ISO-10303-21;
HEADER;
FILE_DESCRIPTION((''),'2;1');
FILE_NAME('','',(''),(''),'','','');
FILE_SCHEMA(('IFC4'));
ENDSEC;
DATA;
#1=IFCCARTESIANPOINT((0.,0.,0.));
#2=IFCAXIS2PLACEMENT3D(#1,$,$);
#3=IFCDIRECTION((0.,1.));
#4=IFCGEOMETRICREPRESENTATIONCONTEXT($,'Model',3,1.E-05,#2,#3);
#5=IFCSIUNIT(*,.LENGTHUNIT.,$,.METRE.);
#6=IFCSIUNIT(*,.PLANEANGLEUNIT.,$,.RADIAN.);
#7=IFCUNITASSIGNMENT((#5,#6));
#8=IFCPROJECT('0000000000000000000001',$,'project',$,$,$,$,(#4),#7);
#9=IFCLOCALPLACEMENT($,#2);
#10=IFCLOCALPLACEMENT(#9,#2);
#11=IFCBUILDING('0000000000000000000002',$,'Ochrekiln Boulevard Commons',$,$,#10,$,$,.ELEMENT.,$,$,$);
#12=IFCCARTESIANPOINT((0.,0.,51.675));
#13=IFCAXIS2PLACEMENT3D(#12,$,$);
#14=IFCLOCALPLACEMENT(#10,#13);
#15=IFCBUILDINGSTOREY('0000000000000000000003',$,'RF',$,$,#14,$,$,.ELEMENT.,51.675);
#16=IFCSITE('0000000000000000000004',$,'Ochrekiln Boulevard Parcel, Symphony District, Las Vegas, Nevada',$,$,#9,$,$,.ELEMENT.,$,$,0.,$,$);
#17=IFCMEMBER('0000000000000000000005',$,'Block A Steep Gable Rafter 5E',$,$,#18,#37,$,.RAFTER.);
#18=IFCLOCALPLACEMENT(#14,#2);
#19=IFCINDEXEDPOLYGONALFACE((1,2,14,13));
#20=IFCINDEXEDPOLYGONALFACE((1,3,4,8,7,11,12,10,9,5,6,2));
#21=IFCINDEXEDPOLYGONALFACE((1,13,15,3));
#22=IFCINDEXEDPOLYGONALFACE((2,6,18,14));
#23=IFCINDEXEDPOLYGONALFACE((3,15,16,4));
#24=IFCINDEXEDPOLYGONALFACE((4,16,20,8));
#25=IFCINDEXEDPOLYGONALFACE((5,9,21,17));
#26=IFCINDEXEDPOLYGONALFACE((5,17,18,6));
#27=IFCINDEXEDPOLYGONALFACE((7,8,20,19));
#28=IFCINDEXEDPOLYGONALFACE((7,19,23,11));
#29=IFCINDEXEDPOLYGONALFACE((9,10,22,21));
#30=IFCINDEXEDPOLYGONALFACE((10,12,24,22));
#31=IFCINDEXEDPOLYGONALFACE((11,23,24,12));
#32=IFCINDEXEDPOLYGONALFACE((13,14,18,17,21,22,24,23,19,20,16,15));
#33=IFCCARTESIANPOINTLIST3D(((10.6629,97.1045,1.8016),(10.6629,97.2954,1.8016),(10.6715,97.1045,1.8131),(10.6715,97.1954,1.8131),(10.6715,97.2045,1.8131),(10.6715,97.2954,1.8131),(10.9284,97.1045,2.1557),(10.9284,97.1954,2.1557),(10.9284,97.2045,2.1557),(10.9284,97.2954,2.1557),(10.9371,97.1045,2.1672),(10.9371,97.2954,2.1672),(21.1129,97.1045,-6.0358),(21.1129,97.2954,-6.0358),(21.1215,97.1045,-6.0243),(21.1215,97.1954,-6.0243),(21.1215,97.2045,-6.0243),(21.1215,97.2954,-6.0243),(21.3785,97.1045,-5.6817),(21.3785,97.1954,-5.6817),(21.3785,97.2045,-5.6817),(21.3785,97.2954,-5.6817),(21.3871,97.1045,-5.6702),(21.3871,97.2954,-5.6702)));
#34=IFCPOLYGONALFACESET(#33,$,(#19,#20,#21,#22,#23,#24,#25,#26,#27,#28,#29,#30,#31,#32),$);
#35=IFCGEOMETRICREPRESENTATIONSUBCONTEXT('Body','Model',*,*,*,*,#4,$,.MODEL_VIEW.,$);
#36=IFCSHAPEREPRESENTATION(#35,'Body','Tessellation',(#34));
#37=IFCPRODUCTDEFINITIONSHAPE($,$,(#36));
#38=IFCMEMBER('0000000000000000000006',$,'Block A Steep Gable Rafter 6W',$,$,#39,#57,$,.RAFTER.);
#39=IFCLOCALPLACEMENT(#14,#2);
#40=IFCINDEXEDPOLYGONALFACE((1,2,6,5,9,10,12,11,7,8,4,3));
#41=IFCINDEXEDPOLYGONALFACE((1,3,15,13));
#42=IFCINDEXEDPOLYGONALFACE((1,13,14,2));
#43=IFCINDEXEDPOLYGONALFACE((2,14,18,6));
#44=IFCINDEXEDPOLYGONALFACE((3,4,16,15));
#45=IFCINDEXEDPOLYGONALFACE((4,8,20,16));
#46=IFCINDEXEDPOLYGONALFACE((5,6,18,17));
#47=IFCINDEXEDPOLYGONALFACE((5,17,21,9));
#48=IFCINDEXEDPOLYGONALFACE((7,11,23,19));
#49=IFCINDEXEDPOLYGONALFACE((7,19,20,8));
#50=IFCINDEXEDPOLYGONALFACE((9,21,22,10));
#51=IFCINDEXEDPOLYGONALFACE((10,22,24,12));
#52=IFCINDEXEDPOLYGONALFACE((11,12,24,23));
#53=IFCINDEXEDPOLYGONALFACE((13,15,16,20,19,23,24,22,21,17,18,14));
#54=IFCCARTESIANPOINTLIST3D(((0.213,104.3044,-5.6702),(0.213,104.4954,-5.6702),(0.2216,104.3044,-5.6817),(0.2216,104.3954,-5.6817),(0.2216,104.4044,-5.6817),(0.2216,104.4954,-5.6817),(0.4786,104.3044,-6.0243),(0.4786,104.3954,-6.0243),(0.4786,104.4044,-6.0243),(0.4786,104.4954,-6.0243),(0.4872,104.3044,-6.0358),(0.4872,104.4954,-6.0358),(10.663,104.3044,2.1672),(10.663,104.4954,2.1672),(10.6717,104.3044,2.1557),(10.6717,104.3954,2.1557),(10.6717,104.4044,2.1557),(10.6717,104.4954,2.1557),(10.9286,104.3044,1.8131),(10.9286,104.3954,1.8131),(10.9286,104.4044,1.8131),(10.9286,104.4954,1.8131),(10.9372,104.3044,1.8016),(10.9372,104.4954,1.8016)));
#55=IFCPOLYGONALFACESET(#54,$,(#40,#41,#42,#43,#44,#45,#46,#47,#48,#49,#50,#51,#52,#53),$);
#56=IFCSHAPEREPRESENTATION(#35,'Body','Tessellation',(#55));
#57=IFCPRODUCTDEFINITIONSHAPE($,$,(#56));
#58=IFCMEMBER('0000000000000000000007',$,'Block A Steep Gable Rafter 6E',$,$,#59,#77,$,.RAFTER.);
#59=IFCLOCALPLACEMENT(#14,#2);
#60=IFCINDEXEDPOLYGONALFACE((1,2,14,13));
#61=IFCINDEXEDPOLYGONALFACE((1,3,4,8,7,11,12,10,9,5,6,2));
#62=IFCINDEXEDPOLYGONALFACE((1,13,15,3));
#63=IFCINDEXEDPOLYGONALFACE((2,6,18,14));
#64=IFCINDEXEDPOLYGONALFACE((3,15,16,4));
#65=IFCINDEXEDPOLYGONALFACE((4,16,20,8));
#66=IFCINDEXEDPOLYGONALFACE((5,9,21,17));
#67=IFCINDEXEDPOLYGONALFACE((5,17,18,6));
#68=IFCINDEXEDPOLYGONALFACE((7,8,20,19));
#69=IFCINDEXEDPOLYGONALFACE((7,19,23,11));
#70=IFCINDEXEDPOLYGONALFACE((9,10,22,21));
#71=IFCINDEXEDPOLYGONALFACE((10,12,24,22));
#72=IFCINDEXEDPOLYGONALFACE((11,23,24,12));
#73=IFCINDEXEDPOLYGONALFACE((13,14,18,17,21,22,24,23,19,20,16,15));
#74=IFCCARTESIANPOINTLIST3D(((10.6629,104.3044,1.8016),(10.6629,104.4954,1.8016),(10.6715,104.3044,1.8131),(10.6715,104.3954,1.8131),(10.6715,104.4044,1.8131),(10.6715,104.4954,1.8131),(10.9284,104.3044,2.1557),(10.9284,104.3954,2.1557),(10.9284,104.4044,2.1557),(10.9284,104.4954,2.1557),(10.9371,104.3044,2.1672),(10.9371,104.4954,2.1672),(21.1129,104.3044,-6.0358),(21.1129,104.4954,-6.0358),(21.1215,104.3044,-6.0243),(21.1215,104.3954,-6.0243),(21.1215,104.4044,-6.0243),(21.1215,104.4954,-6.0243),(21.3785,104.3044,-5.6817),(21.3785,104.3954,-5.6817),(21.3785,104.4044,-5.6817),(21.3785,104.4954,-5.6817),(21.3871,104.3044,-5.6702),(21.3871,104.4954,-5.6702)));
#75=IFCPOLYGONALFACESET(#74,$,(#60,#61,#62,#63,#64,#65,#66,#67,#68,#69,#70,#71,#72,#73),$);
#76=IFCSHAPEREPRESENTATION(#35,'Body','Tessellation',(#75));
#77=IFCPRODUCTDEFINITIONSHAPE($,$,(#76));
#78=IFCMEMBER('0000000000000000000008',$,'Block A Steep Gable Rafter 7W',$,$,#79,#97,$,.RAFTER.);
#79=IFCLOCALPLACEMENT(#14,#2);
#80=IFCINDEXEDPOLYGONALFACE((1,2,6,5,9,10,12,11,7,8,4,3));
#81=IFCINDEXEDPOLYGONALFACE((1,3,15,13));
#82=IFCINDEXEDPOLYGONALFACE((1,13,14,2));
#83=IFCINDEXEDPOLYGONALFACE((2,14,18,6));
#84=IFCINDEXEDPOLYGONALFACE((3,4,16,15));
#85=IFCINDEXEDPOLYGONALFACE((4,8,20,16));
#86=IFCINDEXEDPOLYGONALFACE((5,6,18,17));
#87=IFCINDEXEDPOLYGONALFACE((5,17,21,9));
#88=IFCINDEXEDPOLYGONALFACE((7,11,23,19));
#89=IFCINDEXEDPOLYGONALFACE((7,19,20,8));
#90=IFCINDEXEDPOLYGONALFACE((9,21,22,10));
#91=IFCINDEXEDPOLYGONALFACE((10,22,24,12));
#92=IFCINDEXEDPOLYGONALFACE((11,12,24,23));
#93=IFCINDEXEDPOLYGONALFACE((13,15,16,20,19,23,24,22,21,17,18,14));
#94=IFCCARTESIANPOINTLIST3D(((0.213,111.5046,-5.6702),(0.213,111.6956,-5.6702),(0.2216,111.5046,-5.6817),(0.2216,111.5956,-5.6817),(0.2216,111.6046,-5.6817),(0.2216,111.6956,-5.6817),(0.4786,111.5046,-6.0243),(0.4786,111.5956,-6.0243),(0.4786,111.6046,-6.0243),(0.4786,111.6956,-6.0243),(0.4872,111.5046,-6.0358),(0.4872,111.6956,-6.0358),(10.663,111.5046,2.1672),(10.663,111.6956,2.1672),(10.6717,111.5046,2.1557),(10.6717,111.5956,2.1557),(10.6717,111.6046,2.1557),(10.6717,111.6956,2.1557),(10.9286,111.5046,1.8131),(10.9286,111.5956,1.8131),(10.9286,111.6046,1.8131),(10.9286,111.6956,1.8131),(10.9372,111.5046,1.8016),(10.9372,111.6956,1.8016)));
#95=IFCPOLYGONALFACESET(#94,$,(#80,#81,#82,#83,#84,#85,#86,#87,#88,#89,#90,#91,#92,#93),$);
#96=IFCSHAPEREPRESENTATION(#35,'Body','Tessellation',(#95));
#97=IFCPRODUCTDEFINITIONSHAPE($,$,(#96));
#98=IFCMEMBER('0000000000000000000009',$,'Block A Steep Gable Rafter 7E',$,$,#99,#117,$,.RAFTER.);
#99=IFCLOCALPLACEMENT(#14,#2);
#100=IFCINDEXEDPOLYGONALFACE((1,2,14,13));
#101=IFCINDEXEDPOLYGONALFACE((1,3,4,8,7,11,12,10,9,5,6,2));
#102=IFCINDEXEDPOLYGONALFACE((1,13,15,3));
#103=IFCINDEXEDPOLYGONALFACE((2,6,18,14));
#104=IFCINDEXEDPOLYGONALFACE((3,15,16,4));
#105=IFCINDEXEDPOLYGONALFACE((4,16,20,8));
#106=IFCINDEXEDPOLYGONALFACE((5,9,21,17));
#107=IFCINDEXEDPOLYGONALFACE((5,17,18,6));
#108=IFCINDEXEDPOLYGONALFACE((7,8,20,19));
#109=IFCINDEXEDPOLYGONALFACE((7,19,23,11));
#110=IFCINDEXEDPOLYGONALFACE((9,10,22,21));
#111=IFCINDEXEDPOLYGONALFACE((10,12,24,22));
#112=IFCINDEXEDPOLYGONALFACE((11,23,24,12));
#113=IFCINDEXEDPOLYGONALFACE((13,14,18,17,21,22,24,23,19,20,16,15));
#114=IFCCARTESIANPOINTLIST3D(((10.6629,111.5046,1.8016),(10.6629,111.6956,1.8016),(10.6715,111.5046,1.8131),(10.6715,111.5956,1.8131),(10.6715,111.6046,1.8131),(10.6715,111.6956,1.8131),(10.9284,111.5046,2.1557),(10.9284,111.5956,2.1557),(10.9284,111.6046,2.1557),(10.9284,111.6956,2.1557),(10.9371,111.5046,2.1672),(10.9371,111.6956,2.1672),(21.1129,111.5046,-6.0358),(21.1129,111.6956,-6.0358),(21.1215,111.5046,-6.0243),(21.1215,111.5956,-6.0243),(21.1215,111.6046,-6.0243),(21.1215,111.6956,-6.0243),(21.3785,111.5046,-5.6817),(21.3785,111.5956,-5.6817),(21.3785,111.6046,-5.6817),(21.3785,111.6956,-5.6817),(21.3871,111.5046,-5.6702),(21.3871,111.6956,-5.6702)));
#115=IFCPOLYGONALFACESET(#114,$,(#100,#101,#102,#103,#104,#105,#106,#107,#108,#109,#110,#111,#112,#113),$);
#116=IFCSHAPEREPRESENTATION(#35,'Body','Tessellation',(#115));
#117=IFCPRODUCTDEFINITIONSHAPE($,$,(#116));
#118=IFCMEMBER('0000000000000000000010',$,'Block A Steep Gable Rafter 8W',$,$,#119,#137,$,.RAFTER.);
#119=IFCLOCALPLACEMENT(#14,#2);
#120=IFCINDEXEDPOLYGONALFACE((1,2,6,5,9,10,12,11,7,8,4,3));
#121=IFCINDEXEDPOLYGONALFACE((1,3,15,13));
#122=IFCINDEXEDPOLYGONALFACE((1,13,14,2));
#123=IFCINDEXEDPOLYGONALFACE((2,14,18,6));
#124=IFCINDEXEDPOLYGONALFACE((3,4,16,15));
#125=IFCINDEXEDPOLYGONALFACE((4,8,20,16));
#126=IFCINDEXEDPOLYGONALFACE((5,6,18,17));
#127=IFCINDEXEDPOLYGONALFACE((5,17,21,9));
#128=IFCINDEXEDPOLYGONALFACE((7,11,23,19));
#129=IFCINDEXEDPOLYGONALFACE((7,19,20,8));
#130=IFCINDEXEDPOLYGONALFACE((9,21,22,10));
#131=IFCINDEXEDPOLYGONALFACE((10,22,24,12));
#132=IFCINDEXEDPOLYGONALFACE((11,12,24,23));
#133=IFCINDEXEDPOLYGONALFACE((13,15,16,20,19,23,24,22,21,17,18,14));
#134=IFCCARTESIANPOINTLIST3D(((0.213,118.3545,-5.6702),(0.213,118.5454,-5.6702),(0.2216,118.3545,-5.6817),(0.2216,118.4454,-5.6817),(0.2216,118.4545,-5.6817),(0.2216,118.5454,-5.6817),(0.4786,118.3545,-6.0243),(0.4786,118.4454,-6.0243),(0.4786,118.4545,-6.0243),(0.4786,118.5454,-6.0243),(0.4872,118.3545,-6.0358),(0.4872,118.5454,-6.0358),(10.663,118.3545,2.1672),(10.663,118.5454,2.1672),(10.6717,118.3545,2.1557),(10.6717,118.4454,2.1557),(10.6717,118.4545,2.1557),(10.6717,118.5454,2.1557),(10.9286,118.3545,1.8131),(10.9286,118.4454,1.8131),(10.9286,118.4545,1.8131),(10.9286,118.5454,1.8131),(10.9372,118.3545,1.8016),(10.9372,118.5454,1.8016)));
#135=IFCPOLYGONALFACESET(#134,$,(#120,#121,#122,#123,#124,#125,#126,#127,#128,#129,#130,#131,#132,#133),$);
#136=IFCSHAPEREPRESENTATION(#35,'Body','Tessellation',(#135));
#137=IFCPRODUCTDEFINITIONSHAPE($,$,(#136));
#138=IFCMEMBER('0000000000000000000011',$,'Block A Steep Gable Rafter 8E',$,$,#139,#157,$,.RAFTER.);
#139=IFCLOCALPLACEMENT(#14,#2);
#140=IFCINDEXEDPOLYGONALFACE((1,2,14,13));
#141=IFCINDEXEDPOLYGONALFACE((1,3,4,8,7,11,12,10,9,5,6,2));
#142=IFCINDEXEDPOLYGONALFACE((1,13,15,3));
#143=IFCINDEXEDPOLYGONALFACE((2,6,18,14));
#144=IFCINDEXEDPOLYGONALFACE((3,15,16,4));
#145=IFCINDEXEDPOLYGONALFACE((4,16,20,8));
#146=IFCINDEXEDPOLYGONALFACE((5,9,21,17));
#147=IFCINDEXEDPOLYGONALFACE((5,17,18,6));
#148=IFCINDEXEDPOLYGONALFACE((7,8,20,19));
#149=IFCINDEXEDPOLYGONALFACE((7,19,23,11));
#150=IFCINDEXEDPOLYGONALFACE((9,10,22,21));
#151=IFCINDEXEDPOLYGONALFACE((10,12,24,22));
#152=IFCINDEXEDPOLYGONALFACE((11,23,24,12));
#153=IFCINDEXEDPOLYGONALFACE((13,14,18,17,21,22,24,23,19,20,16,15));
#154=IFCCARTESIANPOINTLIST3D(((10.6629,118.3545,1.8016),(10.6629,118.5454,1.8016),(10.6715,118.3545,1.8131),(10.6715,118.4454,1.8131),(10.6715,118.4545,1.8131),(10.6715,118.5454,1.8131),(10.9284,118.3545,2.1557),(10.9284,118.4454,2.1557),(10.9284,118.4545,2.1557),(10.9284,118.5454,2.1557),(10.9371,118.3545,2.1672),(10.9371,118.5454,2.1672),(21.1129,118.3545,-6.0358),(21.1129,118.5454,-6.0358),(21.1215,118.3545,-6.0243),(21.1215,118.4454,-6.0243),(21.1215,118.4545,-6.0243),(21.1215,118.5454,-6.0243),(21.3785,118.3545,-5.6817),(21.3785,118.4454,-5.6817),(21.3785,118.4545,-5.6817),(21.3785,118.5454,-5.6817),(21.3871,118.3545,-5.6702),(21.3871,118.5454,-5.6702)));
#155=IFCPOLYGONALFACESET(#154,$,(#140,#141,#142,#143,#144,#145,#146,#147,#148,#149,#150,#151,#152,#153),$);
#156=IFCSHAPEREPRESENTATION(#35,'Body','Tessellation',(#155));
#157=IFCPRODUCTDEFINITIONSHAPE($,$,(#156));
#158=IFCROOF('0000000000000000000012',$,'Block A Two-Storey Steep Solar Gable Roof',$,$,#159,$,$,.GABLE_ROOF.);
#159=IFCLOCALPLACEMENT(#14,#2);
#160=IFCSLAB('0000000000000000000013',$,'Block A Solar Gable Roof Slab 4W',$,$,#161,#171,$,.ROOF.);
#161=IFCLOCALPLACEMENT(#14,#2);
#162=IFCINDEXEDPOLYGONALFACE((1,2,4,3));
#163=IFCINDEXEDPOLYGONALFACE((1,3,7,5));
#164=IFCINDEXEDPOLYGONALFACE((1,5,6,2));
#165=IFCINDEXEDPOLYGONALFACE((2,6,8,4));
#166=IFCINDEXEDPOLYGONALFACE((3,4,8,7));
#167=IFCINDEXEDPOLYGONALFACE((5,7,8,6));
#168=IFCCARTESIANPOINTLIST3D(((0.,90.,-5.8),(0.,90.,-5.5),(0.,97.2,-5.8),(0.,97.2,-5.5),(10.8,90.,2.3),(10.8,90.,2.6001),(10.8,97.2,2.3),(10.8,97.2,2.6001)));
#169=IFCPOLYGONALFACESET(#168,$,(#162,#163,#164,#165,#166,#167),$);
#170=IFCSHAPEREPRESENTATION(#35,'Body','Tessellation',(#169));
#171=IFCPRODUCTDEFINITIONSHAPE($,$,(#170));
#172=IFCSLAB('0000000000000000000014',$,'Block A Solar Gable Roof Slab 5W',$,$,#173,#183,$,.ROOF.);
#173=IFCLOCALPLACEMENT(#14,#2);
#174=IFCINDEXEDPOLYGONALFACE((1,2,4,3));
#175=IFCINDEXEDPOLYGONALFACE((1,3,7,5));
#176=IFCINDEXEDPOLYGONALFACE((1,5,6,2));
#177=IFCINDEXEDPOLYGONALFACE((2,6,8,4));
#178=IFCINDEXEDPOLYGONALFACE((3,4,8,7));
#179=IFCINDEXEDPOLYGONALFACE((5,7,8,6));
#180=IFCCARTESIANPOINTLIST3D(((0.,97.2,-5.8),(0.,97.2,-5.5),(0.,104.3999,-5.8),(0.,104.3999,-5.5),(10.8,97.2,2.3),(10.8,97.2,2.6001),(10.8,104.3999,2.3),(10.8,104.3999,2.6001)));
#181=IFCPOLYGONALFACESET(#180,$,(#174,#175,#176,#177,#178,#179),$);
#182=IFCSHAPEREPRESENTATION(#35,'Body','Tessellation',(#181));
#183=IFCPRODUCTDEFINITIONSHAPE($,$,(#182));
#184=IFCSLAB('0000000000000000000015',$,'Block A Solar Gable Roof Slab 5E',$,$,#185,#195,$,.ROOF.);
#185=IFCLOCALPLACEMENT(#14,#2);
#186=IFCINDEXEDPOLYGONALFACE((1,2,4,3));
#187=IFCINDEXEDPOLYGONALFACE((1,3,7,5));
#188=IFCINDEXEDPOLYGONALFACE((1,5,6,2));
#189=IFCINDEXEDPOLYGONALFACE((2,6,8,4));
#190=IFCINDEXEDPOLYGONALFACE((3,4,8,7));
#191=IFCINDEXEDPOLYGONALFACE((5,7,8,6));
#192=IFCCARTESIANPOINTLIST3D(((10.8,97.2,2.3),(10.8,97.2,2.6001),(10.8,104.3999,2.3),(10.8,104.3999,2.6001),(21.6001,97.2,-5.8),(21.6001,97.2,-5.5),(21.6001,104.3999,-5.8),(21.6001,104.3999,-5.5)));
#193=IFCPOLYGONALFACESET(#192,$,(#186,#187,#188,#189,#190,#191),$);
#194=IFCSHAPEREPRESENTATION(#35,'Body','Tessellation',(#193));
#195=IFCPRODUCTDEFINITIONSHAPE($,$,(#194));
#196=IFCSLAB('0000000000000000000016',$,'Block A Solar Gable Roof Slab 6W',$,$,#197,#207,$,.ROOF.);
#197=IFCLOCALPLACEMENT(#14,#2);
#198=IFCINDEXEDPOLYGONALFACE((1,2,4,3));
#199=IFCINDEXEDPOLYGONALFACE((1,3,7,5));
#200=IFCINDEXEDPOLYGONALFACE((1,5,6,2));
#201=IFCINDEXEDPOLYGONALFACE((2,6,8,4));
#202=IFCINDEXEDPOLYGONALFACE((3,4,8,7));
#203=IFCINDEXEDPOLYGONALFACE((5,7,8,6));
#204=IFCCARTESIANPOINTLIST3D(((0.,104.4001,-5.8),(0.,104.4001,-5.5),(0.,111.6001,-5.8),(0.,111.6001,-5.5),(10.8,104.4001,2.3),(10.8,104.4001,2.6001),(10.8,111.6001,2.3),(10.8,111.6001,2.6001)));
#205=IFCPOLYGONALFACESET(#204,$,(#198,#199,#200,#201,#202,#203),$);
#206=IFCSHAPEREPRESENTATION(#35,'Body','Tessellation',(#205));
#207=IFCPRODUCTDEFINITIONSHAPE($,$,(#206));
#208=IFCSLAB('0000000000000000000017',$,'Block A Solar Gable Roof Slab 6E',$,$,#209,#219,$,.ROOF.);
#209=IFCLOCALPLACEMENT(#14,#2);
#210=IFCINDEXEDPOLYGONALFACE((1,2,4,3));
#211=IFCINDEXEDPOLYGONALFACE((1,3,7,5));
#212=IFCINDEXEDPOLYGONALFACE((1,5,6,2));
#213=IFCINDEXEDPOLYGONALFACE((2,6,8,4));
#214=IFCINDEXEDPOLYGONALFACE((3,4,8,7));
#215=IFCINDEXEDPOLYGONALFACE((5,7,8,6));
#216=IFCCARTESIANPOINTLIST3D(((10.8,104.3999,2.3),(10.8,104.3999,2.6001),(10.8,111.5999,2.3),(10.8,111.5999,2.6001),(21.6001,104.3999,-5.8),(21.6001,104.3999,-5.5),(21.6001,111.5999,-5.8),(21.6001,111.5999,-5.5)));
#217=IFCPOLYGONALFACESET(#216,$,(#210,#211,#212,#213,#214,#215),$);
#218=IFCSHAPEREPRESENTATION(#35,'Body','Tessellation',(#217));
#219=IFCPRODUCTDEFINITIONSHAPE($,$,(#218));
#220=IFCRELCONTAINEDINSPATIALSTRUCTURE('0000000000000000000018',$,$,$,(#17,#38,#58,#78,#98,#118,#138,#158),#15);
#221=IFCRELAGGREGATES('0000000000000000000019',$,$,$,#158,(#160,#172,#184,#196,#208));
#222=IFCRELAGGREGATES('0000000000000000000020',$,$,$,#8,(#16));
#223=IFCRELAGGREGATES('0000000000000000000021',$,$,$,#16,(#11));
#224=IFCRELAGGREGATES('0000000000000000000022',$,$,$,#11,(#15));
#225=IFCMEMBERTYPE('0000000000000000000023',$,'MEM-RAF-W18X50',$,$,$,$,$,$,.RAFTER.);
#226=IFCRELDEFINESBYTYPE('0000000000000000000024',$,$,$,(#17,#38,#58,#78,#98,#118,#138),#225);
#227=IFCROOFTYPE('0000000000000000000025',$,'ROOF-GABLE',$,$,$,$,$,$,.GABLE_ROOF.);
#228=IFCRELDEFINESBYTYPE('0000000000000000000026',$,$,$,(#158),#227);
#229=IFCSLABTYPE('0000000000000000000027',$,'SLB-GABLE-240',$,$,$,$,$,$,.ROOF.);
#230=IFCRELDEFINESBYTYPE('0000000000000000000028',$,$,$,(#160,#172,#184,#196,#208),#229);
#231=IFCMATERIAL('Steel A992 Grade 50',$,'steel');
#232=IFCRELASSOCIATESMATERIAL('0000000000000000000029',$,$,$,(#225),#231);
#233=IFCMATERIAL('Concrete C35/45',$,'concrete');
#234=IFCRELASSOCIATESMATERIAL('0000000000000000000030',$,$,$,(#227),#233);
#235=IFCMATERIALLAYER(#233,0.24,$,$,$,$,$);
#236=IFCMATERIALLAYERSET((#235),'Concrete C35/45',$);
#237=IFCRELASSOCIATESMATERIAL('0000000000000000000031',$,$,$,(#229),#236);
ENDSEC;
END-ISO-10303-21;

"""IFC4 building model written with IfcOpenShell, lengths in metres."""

from ifc_helpers import new_model, si_unit, direction, frame, origin, origin_2d, place, context, subcontext, project, spatial, polyline, i_section, outline, extrude, material, layer, layer_set, material_profile, profile_set, type_object, element, aggregate, save


model = new_model("IFC4")

# Units and contexts
model_context = context("Model", 3, precision=1e-05, world=origin(), true_north=direction((0.0, 1.0)))
body_context = subcontext(model_context, "Body", "Model", "MODEL_VIEW")
ifc_project = project(units=[si_unit("LENGTHUNIT", "METRE"), si_unit("PLANEANGLEUNIT", "RADIAN")], contexts=[model_context])

# Site, building, storey
site_placement = place(None, origin())
site = spatial("IfcSite", under=ifc_project, at=site_placement, Name="Ochrekiln Boulevard Parcel, Symphony District, Las Vegas, Nevada", CompositionType="ELEMENT", RefElevation=0.0)
building_placement = place(site_placement, origin())
building = spatial("IfcBuilding", under=site, at=building_placement, Name="Ochrekiln Boulevard Commons", CompositionType="ELEMENT")
storey_placement = place(building_placement, frame((0.0, 0.0, 51.675)))
storey = spatial("IfcBuildingStorey", under=building, at=storey_placement, Name="RF", CompositionType="ELEMENT", Elevation=51.675)

# Shared definitions
ifc_material_1 = material(Name="Steel A992 Grade 50", Category="steel")

# Members
ifc_material_profile_1 = material_profile(ifc_material_1, i_section(OverallWidth=0.1909, OverallDepth=0.457, WebThickness=0.009, FlangeThickness=0.0144, at=origin_2d()), Name="W18X50")
ifc_profile_set_1 = profile_set([ifc_material_profile_1], Name="Steel A992 Grade 50")
member_type_1 = type_object("IfcMemberType", Name="MEM-RAF-W18X50", PredefinedType="RAFTER", material=ifc_profile_set_1)
for number, where, z_axis, x_axis, name in (
    (1, (21.25, 97.2, -5.853), (-0.800002, 0.0, 0.599997), (0.0, -1.0, 0.0), "Block A Steep Gable Rafter 5E"),
    (2, (0.3501, 104.3999, -5.853), (0.800002, 0.0, 0.599997), (0.0, 1.0, 0.0), "Block A Steep Gable Rafter 6W"),
    (3, (21.25, 104.3999, -5.853), (-0.800002, 0.0, 0.599997), (0.0, -1.0, 0.0), "Block A Steep Gable Rafter 6E"),
    (4, (0.3501, 111.6001, -5.853), (0.800002, 0.0, 0.599997), (0.0, 1.0, 0.0), "Block A Steep Gable Rafter 7W"),
    (5, (21.25, 111.6001, -5.853), (-0.800002, 0.0, 0.599997), (0.0, -1.0, 0.0), "Block A Steep Gable Rafter 7E"),
    (6, (0.3501, 118.45, -5.853), (0.800002, 0.0, 0.599997), (0.0, 1.0, 0.0), "Block A Steep Gable Rafter 8W"),
    (7, (21.25, 118.45, -5.853), (-0.800002, 0.0, 0.599997), (0.0, -1.0, 0.0), "Block A Steep Gable Rafter 8E"),
):
    element("IfcMember", number, at=place(storey_placement, frame(where, z_axis=z_axis, x_axis=x_axis)), inside=storey, type_object=member_type_1, Name=name, PredefinedType="RAFTER", context=body_context, shape_type="SweptSolid", body=[
        extrude(i_section(OverallWidth=0.1909, OverallDepth=0.457, WebThickness=0.009, FlangeThickness=0.0144, at=origin_2d()), origin(), (0.0, 0.0, 1.0), 13.0625),
    ])

# Roof, slabs
ifc_material_2 = material(Name="Concrete C35/45", Category="concrete")
roof_type = type_object("IfcRoofType", Name="ROOF-GABLE", PredefinedType="GABLE_ROOF", material=ifc_material_2)
roof_placement = place(storey_placement, origin())
roof = element("IfcRoof", 8, at=roof_placement, inside=storey, type_object=roof_type, Name="Block A Two-Storey Steep Solar Gable Roof", PredefinedType="GABLE_ROOF")
ifc_layer_1 = layer(ifc_material_2, 0.24)
ifc_layer_set_1 = layer_set([ifc_layer_1], Name="Concrete C35/45")
slab_type = type_object("IfcSlabType", Name="SLB-GABLE-240", PredefinedType="ROOF", material=ifc_layer_set_1)
slab_1_placement = place(storey_placement, frame((0.0, 97.2, -5.5), z_axis=(0.0, -1.0, 0.0), x_axis=(1.0, 0.0, 0.0)))
slab_1 = element("IfcSlab", 9, at=slab_1_placement, type_object=slab_type, Name="Block A Solar Gable Roof Slab 4W", PredefinedType="ROOF", context=body_context, shape_type="SweptSolid", body=[
    extrude(outline(polyline([(0.0, 0.0), (10.8, 8.1001), (10.8, 7.8), (0.0, -0.3), (0.0, 0.0)])), origin(), (0.0, 0.0, 1.0), 7.2),
])
slab_2_placement = place(storey_placement, frame((0.0, 104.3999, -5.5), z_axis=(0.0, -1.0, 0.0), x_axis=(1.0, 0.0, 0.0)))
slab_2 = element("IfcSlab", 10, at=slab_2_placement, type_object=slab_type, Name="Block A Solar Gable Roof Slab 5W", PredefinedType="ROOF", context=body_context, shape_type="SweptSolid", body=[
    extrude(outline(polyline([(0.0, 0.0), (10.8, 8.1001), (10.8, 7.8), (0.0, -0.3), (0.0, 0.0)])), origin(), (0.0, 0.0, 1.0), 7.2),
])
slab_3_placement = place(storey_placement, frame((21.6001, 97.2, -5.5), z_axis=(0.0, 1.0, 0.0), x_axis=(-1.0, 0.0, 0.0)))
slab_3 = element("IfcSlab", 11, at=slab_3_placement, type_object=slab_type, Name="Block A Solar Gable Roof Slab 5E", PredefinedType="ROOF", context=body_context, shape_type="SweptSolid", body=[
    extrude(outline(polyline([(0.0, 0.0), (10.8, 8.1001), (10.8, 7.8), (0.0, -0.3), (0.0, 0.0)])), origin(), (0.0, 0.0, 1.0), 7.2),
])
slab_4_placement = place(storey_placement, frame((0.0, 111.6001, -5.5), z_axis=(0.0, -1.0, 0.0), x_axis=(1.0, 0.0, 0.0)))
slab_4 = element("IfcSlab", 12, at=slab_4_placement, type_object=slab_type, Name="Block A Solar Gable Roof Slab 6W", PredefinedType="ROOF", context=body_context, shape_type="SweptSolid", body=[
    extrude(outline(polyline([(0.0, 0.0), (10.8, 8.1001), (10.8, 7.8), (0.0, -0.3), (0.0, 0.0)])), origin(), (0.0, 0.0, 1.0), 7.2),
])
slab_5_placement = place(storey_placement, frame((21.6001, 104.3999, -5.5), z_axis=(0.0, 1.0, 0.0), x_axis=(-1.0, 0.0, 0.0)))
slab_5 = element("IfcSlab", 13, at=slab_5_placement, type_object=slab_type, Name="Block A Solar Gable Roof Slab 6E", PredefinedType="ROOF", context=body_context, shape_type="SweptSolid", body=[
    extrude(outline(polyline([(0.0, 0.0), (10.8, 8.1001), (10.8, 7.8), (0.0, -0.3), (0.0, 0.0)])), origin(), (0.0, 0.0, 1.0), 7.2),
])
aggregate(roof, [slab_1, slab_2, slab_3, slab_4, slab_5])

save(model, "model.ifc")
